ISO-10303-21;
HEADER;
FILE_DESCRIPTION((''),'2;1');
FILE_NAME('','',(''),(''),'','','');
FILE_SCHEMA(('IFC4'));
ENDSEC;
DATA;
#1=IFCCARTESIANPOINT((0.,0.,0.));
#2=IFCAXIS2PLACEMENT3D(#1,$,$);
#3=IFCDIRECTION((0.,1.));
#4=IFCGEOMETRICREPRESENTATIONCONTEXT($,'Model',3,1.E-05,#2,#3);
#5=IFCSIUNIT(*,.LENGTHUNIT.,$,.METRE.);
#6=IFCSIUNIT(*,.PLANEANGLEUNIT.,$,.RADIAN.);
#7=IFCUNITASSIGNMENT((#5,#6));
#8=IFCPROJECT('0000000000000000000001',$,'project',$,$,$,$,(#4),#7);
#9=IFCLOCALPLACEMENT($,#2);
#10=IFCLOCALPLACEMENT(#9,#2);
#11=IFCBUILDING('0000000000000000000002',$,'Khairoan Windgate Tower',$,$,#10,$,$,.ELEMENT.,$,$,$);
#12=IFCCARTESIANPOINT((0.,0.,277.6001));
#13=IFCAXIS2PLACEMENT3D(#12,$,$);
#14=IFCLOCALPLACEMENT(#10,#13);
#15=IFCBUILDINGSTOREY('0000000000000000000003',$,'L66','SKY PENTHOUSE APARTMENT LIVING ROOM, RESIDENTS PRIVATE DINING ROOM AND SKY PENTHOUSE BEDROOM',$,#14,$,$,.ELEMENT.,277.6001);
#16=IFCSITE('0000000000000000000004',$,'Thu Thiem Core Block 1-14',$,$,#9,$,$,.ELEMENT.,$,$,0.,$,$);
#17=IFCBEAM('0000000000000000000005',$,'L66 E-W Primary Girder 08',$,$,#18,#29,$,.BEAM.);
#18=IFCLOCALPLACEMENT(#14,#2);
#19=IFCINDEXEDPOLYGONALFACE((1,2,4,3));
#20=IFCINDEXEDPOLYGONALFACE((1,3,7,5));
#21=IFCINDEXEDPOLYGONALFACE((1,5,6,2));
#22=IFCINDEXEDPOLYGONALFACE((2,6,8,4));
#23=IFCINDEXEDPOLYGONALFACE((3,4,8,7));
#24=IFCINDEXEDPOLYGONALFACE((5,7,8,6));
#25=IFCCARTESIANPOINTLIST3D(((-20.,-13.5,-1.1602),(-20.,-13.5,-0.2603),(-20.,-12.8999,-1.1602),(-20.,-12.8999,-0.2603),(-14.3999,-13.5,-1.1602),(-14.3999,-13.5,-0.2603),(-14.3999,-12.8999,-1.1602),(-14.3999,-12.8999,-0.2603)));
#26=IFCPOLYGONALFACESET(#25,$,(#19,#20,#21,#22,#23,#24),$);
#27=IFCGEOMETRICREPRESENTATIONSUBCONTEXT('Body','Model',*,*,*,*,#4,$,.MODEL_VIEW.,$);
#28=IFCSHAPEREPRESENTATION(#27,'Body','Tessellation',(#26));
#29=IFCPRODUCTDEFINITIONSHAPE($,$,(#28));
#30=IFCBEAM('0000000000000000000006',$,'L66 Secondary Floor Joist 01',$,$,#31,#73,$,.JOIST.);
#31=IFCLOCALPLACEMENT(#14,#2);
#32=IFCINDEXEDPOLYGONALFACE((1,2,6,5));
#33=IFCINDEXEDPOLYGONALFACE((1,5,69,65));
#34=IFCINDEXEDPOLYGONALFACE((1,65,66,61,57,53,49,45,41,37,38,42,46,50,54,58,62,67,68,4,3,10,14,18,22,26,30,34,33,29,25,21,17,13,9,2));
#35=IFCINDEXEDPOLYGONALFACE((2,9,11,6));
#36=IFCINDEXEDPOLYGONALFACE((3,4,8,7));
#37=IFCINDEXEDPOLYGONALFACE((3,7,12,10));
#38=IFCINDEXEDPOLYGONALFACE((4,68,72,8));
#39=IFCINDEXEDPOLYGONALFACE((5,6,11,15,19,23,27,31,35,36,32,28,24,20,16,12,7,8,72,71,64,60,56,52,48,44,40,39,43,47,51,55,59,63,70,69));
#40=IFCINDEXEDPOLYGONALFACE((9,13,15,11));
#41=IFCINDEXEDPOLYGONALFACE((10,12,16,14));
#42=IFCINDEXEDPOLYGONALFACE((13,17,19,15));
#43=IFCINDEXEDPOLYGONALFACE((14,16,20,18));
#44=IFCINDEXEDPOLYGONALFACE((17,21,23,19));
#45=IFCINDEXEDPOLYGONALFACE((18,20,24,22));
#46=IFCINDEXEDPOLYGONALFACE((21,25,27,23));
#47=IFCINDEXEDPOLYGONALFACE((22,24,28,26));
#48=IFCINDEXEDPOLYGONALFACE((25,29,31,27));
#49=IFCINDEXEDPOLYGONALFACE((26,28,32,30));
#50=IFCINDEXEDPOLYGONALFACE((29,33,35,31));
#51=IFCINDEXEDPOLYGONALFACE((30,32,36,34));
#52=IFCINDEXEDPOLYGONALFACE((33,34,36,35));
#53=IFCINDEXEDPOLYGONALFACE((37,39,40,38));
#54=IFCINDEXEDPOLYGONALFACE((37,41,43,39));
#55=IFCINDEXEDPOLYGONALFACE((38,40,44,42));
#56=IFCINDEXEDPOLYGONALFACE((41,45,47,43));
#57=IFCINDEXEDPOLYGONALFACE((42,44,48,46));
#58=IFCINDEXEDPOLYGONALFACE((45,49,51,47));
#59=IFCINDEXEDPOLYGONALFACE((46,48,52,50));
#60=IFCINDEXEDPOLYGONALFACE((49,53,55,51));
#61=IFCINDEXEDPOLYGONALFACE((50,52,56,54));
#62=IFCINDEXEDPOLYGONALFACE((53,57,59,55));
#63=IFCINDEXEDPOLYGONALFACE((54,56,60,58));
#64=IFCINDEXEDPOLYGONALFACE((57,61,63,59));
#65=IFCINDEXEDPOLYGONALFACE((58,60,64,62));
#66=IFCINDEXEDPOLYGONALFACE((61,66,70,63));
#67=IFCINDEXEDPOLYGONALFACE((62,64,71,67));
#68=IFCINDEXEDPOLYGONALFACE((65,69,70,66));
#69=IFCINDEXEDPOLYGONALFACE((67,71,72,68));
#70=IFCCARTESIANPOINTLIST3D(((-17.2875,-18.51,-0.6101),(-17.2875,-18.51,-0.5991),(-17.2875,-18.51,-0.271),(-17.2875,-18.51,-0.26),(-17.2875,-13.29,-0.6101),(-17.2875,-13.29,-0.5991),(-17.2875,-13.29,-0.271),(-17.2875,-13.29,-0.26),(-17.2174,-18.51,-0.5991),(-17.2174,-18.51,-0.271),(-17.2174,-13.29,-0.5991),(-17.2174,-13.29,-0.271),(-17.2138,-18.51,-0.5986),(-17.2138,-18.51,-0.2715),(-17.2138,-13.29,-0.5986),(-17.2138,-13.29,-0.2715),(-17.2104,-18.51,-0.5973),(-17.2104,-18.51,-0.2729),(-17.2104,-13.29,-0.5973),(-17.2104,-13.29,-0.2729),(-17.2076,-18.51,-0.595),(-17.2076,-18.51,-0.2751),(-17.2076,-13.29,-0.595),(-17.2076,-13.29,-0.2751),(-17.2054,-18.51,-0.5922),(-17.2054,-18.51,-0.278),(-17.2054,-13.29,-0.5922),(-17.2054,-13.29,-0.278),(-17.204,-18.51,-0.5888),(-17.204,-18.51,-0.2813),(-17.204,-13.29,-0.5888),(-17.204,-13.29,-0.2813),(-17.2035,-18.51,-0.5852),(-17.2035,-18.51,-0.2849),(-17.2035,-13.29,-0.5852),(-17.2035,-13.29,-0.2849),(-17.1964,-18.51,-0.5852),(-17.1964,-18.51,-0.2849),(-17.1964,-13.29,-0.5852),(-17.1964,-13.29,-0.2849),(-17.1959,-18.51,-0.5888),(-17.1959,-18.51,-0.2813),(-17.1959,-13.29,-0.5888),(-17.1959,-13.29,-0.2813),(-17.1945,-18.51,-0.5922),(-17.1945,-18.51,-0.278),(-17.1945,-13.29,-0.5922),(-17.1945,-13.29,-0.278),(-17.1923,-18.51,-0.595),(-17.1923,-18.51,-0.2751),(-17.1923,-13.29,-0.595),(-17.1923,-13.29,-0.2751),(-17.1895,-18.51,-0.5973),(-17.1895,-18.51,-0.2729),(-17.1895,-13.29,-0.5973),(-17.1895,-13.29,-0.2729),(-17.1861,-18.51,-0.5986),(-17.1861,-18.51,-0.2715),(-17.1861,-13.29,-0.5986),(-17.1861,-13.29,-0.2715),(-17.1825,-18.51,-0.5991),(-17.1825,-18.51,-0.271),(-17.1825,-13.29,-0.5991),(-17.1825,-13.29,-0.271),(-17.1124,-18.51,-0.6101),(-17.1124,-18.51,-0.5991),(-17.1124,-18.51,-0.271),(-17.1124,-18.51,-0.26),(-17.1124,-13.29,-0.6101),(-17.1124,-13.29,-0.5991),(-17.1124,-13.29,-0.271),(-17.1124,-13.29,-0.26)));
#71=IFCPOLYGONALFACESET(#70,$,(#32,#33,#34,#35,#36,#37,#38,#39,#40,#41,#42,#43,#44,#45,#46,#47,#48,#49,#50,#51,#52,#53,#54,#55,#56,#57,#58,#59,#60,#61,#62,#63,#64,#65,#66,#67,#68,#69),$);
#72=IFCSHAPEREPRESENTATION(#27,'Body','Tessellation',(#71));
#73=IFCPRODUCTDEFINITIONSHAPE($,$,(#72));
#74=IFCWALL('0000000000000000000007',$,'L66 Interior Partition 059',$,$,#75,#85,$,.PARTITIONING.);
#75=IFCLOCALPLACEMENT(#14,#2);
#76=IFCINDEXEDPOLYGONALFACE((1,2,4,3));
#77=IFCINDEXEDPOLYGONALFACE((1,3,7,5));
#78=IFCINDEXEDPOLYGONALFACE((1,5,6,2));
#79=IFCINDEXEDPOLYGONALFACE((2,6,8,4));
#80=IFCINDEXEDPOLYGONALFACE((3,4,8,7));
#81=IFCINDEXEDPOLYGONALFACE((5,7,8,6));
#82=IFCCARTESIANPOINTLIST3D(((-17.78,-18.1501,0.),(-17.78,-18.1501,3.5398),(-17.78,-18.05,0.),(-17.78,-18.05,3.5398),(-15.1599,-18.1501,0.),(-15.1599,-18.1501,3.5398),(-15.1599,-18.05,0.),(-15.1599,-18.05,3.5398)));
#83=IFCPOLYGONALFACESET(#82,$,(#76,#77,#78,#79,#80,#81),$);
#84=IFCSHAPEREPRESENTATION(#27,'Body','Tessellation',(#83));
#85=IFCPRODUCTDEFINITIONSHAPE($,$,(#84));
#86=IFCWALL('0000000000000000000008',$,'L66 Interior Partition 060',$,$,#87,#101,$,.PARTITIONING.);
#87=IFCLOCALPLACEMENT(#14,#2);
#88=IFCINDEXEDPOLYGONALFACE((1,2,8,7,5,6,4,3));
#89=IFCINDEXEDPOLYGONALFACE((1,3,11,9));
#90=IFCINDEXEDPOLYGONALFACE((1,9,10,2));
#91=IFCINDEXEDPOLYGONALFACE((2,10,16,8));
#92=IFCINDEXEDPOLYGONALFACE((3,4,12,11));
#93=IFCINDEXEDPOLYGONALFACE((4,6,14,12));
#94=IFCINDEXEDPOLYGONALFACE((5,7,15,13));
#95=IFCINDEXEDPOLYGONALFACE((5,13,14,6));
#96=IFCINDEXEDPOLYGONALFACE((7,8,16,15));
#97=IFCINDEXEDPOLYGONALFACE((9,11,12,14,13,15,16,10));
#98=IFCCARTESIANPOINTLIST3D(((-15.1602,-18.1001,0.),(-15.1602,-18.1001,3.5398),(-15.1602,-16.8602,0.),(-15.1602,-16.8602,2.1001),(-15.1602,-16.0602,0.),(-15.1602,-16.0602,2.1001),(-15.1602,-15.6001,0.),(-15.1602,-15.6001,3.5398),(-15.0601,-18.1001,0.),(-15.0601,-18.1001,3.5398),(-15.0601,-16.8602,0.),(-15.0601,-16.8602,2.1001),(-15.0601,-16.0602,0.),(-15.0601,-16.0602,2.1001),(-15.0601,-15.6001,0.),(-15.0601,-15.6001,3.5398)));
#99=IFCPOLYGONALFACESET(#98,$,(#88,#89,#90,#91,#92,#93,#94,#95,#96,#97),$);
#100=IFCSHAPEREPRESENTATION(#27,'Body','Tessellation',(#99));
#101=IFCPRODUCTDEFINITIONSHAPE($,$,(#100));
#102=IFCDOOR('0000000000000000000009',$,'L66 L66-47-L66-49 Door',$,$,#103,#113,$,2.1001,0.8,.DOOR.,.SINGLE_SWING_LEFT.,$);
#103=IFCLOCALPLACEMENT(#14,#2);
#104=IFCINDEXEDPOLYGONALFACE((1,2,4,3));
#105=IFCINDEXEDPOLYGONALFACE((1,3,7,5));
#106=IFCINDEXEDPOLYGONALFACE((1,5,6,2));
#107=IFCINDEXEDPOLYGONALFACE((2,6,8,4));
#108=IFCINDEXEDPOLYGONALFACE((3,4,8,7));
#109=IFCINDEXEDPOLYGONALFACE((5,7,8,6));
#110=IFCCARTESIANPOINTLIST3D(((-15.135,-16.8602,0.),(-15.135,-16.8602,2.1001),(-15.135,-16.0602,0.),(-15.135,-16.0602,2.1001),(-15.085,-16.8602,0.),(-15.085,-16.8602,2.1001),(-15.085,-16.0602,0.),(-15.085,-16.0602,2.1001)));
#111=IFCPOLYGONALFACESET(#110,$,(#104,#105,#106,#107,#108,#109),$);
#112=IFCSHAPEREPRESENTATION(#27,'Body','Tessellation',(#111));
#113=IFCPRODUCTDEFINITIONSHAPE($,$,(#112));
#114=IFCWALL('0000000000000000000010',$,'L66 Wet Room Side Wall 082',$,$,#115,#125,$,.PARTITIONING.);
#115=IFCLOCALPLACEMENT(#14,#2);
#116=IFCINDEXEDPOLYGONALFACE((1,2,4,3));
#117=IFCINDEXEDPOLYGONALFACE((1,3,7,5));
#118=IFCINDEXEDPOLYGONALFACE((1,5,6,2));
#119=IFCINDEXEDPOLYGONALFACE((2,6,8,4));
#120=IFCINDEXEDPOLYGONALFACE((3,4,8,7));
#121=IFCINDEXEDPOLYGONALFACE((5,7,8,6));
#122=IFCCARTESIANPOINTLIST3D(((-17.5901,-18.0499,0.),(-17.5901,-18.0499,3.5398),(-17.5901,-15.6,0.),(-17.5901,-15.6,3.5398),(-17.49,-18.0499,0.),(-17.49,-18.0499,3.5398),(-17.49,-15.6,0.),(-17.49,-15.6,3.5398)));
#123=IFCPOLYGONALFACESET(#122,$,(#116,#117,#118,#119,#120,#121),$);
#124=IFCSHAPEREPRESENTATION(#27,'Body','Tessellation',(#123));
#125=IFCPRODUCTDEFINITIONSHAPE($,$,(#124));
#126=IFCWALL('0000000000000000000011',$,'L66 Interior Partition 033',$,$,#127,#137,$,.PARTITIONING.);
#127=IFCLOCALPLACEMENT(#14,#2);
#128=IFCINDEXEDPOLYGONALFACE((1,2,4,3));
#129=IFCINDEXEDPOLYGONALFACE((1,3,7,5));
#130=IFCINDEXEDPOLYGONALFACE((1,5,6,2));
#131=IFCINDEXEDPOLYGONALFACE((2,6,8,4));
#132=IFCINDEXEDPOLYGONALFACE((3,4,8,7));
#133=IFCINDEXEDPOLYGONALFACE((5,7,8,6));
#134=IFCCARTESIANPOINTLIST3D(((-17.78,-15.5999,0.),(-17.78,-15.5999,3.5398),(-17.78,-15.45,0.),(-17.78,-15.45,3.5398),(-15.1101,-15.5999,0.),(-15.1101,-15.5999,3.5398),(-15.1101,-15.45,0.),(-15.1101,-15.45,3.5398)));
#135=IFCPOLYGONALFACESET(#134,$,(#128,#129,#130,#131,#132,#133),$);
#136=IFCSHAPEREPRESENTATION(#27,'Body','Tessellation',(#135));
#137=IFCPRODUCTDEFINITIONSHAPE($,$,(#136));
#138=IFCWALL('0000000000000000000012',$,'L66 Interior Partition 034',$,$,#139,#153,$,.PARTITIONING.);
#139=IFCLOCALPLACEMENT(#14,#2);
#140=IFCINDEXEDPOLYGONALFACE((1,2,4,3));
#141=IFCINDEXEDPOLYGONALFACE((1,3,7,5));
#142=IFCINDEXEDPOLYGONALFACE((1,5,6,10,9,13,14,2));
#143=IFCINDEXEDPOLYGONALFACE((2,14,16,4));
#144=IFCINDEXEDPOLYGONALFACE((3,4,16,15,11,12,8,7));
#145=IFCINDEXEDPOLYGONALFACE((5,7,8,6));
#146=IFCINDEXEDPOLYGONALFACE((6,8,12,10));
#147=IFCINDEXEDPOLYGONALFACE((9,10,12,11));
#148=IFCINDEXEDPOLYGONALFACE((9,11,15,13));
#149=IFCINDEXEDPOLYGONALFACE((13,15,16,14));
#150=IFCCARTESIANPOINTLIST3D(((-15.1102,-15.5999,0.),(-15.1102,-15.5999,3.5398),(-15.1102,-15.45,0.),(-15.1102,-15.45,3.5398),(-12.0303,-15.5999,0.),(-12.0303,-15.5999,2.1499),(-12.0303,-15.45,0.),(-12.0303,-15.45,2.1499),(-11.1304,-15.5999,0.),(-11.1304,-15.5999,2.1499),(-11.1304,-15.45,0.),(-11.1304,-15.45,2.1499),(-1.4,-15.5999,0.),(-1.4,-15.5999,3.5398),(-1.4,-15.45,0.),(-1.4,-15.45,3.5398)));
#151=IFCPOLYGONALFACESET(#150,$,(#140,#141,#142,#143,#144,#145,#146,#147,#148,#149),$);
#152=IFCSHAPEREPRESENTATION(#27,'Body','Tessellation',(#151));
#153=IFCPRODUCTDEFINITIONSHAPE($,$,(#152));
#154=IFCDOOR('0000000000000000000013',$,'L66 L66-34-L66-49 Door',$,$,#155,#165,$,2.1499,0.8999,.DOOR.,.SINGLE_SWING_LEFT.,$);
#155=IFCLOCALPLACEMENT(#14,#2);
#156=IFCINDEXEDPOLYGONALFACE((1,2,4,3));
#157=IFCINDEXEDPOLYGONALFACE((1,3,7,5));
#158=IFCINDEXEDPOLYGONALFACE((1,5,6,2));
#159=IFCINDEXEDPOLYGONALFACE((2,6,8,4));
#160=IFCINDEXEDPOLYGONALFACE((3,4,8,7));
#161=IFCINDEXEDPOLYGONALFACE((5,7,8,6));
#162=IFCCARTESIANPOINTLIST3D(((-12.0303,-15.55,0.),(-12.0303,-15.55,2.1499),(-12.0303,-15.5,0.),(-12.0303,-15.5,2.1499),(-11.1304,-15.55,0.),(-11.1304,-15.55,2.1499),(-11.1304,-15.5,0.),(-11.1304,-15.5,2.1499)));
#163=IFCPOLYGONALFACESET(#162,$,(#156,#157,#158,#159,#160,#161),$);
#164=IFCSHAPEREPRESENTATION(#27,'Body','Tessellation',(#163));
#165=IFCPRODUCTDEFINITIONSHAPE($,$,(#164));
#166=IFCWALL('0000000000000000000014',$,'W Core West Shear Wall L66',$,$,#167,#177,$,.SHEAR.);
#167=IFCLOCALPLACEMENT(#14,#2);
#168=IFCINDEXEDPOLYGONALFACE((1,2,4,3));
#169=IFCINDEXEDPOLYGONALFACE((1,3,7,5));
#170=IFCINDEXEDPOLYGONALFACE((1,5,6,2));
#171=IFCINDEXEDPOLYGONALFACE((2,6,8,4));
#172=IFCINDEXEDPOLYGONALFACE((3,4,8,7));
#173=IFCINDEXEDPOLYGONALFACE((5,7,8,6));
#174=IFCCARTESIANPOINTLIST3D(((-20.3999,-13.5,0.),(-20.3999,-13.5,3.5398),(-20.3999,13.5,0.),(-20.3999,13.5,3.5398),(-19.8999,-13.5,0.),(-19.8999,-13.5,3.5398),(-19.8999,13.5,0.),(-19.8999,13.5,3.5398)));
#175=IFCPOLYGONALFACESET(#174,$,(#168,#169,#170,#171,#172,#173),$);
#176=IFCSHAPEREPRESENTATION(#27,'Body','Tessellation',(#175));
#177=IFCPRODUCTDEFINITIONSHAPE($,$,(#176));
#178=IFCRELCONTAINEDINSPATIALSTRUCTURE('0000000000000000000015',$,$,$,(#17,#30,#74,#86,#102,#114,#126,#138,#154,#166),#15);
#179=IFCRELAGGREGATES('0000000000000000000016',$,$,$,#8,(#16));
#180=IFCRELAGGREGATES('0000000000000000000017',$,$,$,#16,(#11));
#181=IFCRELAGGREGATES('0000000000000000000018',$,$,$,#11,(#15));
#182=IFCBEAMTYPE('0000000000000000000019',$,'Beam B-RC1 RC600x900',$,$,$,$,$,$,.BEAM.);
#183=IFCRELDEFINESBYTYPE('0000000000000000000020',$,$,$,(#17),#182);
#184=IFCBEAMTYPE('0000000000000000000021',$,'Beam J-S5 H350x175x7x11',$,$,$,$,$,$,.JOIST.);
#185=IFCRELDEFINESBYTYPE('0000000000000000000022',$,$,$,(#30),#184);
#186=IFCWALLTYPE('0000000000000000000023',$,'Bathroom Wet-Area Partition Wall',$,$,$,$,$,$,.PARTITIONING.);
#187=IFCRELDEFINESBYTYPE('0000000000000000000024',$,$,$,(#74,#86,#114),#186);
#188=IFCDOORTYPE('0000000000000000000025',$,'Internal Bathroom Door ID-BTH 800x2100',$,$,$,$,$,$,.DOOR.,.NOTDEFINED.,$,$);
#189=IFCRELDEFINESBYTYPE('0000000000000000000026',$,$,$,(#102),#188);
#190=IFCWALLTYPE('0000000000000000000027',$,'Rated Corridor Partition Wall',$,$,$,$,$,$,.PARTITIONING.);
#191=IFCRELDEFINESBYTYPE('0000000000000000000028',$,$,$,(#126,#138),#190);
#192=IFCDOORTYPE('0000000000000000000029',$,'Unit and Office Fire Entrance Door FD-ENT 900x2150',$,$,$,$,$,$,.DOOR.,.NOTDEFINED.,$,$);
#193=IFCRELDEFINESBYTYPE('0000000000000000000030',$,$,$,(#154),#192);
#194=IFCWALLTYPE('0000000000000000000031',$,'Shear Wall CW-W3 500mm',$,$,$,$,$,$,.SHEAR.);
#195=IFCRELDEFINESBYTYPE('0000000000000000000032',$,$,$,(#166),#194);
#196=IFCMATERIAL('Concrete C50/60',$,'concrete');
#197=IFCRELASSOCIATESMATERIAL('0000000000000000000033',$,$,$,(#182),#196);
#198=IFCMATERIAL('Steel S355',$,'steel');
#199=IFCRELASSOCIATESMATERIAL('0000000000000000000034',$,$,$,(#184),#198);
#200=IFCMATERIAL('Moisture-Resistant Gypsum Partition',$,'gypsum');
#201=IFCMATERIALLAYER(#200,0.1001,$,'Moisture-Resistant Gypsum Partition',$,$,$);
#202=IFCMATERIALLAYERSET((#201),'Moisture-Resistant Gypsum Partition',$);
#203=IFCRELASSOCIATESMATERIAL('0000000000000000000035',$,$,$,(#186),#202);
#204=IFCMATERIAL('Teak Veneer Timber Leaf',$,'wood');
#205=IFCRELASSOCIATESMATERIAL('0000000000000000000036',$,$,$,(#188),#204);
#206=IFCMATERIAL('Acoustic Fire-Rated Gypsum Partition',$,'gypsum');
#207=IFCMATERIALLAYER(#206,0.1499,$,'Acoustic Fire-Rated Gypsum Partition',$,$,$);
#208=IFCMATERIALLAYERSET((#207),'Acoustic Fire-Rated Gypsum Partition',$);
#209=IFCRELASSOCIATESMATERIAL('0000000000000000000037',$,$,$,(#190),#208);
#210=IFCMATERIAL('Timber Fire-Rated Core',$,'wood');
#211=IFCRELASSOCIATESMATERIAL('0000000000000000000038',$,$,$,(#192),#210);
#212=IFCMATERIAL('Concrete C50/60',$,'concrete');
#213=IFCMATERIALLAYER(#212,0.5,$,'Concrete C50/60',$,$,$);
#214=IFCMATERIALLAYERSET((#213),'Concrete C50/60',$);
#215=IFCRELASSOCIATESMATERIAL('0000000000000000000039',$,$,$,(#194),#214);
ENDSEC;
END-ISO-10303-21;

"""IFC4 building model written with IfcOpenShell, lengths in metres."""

from ifc_helpers import new_model, si_unit, direction, frame, frame_2d, origin, origin_2d, place, context, subcontext, project, spatial, rectangle, i_section, extrude, material, layer, layer_set, material_profile, profile_set, type_object, element, fill, save


model = new_model("IFC4")

# Units and contexts
model_context = context("Model", 3, precision=1e-05, world=origin(), true_north=direction((0.0, 1.0)))
body_context = subcontext(model_context, "Body", "Model", "MODEL_VIEW")
ifc_project = project(units=[si_unit("LENGTHUNIT", "METRE"), si_unit("PLANEANGLEUNIT", "RADIAN")], contexts=[model_context])

# Site, building, storey
site_placement = place(None, origin())
site = spatial("IfcSite", under=ifc_project, at=site_placement, Name="Thu Thiem Core Block 1-14", CompositionType="ELEMENT", RefElevation=0.0)
building_placement = place(site_placement, origin())
building = spatial("IfcBuilding", under=site, at=building_placement, Name="Khairoan Windgate Tower", CompositionType="ELEMENT")
storey_placement = place(building_placement, frame((0.0, 0.0, 277.6001)))
storey = spatial("IfcBuildingStorey", under=building, at=storey_placement, Name="L66", Description="SKY PENTHOUSE APARTMENT LIVING ROOM, RESIDENTS PRIVATE DINING ROOM AND SKY PENTHOUSE BEDROOM", CompositionType="ELEMENT", Elevation=277.6001)

# Beams
ifc_material_1 = material(Name="Concrete C50/60", Category="concrete")
ifc_material_profile_1 = material_profile(ifc_material_1, rectangle(XDim=0.6001, YDim=0.8999, at=origin_2d()))
ifc_profile_set_1 = profile_set([ifc_material_profile_1], Name="Concrete C50/60")
beam_type_1 = type_object("IfcBeamType", Name="Beam B-RC1 RC600x900", PredefinedType="BEAM", material=ifc_profile_set_1)
beam_1_placement = place(storey_placement, frame((-20.0, -13.2, -0.7102), z_axis=(1.0, 0.0, 0.0), x_axis=(0.0, 1.0, 0.0)))
element("IfcBeam", 1, at=beam_1_placement, inside=storey, type_object=beam_type_1, Name="L66 E-W Primary Girder 08", PredefinedType="BEAM", context=body_context, shape_type="SweptSolid", body=[
    extrude(rectangle(XDim=0.6001, YDim=0.8999, at=origin_2d()), origin(), (0.0, 0.0, 1.0), 5.6001),
])
ifc_material_2 = material(Name="Steel S355", Category="steel")
ifc_material_profile_2 = material_profile(ifc_material_2, i_section(OverallWidth=0.175, OverallDepth=0.3501, WebThickness=0.0071, FlangeThickness=0.011, FilletRadius=0.0139, at=origin_2d()))
ifc_profile_set_2 = profile_set([ifc_material_profile_2], Name="Steel S355")
beam_type_2 = type_object("IfcBeamType", Name="Beam J-S5 H350x175x7x11", PredefinedType="JOIST", material=ifc_profile_set_2)
beam_2_placement = place(storey_placement, frame((-17.2, -18.51, -0.4351), z_axis=(0.0, 1.0, 0.0), x_axis=(-1.0, 0.0, 0.0)))
element("IfcBeam", 2, at=beam_2_placement, inside=storey, type_object=beam_type_2, Name="L66 Secondary Floor Joist 01", PredefinedType="JOIST", context=body_context, shape_type="SweptSolid", body=[
    extrude(i_section(OverallWidth=0.175, OverallDepth=0.3501, WebThickness=0.0071, FlangeThickness=0.011, FilletRadius=0.0139, at=origin_2d()), origin(), (0.0, 0.0, 1.0), 5.22),
])

# Wall
ifc_material_3 = material(Name="Moisture-Resistant Gypsum Partition", Category="gypsum")
ifc_layer_1 = layer(ifc_material_3, 0.1001, Name="Moisture-Resistant Gypsum Partition")
ifc_layer_set_1 = layer_set([ifc_layer_1], Name="Moisture-Resistant Gypsum Partition")
wall_type_1 = type_object("IfcWallType", Name="Bathroom Wet-Area Partition Wall", PredefinedType="PARTITIONING", material=ifc_layer_set_1)
wall_1_placement = place(storey_placement, frame((-17.78, -18.1001, 0.0), z_axis=(0.0, 0.0, 1.0), x_axis=(1.0, 0.0, 0.0)))
element("IfcWall", 3, at=wall_1_placement, inside=storey, type_object=wall_type_1, Name="L66 Interior Partition 059", PredefinedType="PARTITIONING", context=body_context, shape_type="SweptSolid", body=[
    extrude(rectangle(XDim=2.6201, YDim=0.1001, at=frame_2d((1.3101, 0.0))), origin(), (0.0, 0.0, 1.0), 3.5398),
])

# Wall, opening, door
wall_2_placement = place(storey_placement, frame((-15.1101, -18.1001, 0.0), z_axis=(0.0, 0.0, 1.0), x_axis=(0.0, 1.0, 0.0)))
wall_2 = element("IfcWall", 4, at=wall_2_placement, inside=storey, type_object=wall_type_1, Name="L66 Interior Partition 060", PredefinedType="PARTITIONING", context=body_context, shape_type="SweptSolid", body=[
    extrude(rectangle(XDim=2.5, YDim=0.1001, at=frame_2d((1.25, 0.0))), origin(), (0.0, 0.0, 1.0), 3.5398),
])
opening_1_placement = place(wall_2_placement, frame((1.24, 0.0, 0.0)))
opening_1 = element("IfcOpeningElement", 5, at=opening_1_placement, cuts=wall_2, PredefinedType="OPENING", context=body_context, shape_type="SweptSolid", body=[
    extrude(rectangle(XDim=0.8, YDim=2.1001, at=frame_2d((0.3999, 1.05))), frame((0.0, 0.0601, 0.0), z_axis=(0.0, -1.0, 0.0), x_axis=(1.0, 0.0, 0.0)), (0.0, 0.0, 1.0), 0.1201),
])
ifc_material_4 = material(Name="Teak Veneer Timber Leaf", Category="wood")
door_type_1 = type_object("IfcDoorType", Name="Internal Bathroom Door ID-BTH 800x2100", OperationType="NOTDEFINED", PredefinedType="DOOR", material=ifc_material_4)
door_1_placement = place(opening_1_placement, origin())
door_1 = element("IfcDoor", 6, at=door_1_placement, inside=storey, type_object=door_type_1, Name="L66 L66-47-L66-49 Door", OperationType="SINGLE_SWING_LEFT", OverallHeight=2.1001, OverallWidth=0.8, PredefinedType="DOOR", context=body_context, shape_type="SweptSolid", body=[
    extrude(rectangle(XDim=0.8, YDim=2.1001, at=frame_2d((0.3999, 1.05))), frame((0.0, 0.0249, 0.0), z_axis=(0.0, -1.0, 0.0), x_axis=(1.0, 0.0, 0.0)), (0.0, 0.0, 1.0), 0.05),
])
fill(opening_1, door_1)

# Walls
wall_3_placement = place(storey_placement, frame((-17.54, -18.05, 0.0), z_axis=(0.0, 0.0, 1.0), x_axis=(0.0, 1.0, 0.0)))
element("IfcWall", 7, at=wall_3_placement, inside=storey, type_object=wall_type_1, Name="L66 Wet Room Side Wall 082", PredefinedType="PARTITIONING", context=body_context, shape_type="SweptSolid", body=[
    extrude(rectangle(XDim=2.45, YDim=0.1001, at=frame_2d((1.2251, 0.0))), origin(), (0.0, 0.0, 1.0), 3.5398),
])
ifc_material_5 = material(Name="Acoustic Fire-Rated Gypsum Partition", Category="gypsum")
ifc_layer_2 = layer(ifc_material_5, 0.1499, Name="Acoustic Fire-Rated Gypsum Partition")
ifc_layer_set_2 = layer_set([ifc_layer_2], Name="Acoustic Fire-Rated Gypsum Partition")
wall_type_2 = type_object("IfcWallType", Name="Rated Corridor Partition Wall", PredefinedType="PARTITIONING", material=ifc_layer_set_2)
wall_4_placement = place(storey_placement, frame((-17.78, -15.5249, 0.0), z_axis=(0.0, 0.0, 1.0), x_axis=(1.0, 0.0, 0.0)))
element("IfcWall", 8, at=wall_4_placement, inside=storey, type_object=wall_type_2, Name="L66 Interior Partition 033", PredefinedType="PARTITIONING", context=body_context, shape_type="SweptSolid", body=[
    extrude(rectangle(XDim=2.6699, YDim=0.1499, at=frame_2d((1.335, 0.0))), origin(), (0.0, 0.0, 1.0), 3.5398),
])

# Wall, opening, door
wall_5_placement = place(storey_placement, frame((-15.1101, -15.5249, 0.0), z_axis=(0.0, 0.0, 1.0), x_axis=(1.0, 0.0, 0.0)))
wall_5 = element("IfcWall", 9, at=wall_5_placement, inside=storey, type_object=wall_type_2, Name="L66 Interior Partition 034", PredefinedType="PARTITIONING", context=body_context, shape_type="SweptSolid", body=[
    extrude(rectangle(XDim=13.7102, YDim=0.1499, at=frame_2d((6.855, 0.0))), origin(), (0.0, 0.0, 1.0), 3.5398),
])
opening_2_placement = place(wall_5_placement, frame((3.0798, 0.0, 0.0)))
opening_2 = element("IfcOpeningElement", 10, at=opening_2_placement, cuts=wall_5, PredefinedType="OPENING", context=body_context, shape_type="SweptSolid", body=[
    extrude(rectangle(XDim=0.8999, YDim=2.1499, at=frame_2d((0.45, 1.075))), frame((0.0, 0.085, 0.0), z_axis=(0.0, -1.0, 0.0), x_axis=(1.0, 0.0, 0.0)), (0.0, 0.0, 1.0), 0.1699),
])
ifc_material_6 = material(Name="Timber Fire-Rated Core", Category="wood")
door_type_2 = type_object("IfcDoorType", Name="Unit and Office Fire Entrance Door FD-ENT 900x2150", OperationType="NOTDEFINED", PredefinedType="DOOR", material=ifc_material_6)
door_2_placement = place(opening_2_placement, origin())
door_2 = element("IfcDoor", 11, at=door_2_placement, inside=storey, type_object=door_type_2, Name="L66 L66-34-L66-49 Door", OperationType="SINGLE_SWING_LEFT", OverallHeight=2.1499, OverallWidth=0.8999, PredefinedType="DOOR", context=body_context, shape_type="SweptSolid", body=[
    extrude(rectangle(XDim=0.8999, YDim=2.1499, at=frame_2d((0.45, 1.075))), frame((0.0, 0.0249, 0.0), z_axis=(0.0, -1.0, 0.0), x_axis=(1.0, 0.0, 0.0)), (0.0, 0.0, 1.0), 0.05),
])
fill(opening_2, door_2)

# Wall
ifc_material_7 = material(Name="Concrete C50/60", Category="concrete")
ifc_layer_3 = layer(ifc_material_7, 0.5, Name="Concrete C50/60")
ifc_layer_set_3 = layer_set([ifc_layer_3], Name="Concrete C50/60")
wall_type_3 = type_object("IfcWallType", Name="Shear Wall CW-W3 500mm", PredefinedType="SHEAR", material=ifc_layer_set_3)
wall_6_placement = place(storey_placement, frame((-20.1499, -13.5, 0.0), z_axis=(0.0, 0.0, 1.0), x_axis=(0.0, 1.0, 0.0)))
element("IfcWall", 12, at=wall_6_placement, inside=storey, type_object=wall_type_3, Name="W Core West Shear Wall L66", PredefinedType="SHEAR", context=body_context, shape_type="SweptSolid", body=[
    extrude(rectangle(XDim=27.0, YDim=0.5, at=frame_2d((13.5, 0.0))), origin(), (0.0, 0.0, 1.0), 3.5398),
])

save(model, "model.ifc")
